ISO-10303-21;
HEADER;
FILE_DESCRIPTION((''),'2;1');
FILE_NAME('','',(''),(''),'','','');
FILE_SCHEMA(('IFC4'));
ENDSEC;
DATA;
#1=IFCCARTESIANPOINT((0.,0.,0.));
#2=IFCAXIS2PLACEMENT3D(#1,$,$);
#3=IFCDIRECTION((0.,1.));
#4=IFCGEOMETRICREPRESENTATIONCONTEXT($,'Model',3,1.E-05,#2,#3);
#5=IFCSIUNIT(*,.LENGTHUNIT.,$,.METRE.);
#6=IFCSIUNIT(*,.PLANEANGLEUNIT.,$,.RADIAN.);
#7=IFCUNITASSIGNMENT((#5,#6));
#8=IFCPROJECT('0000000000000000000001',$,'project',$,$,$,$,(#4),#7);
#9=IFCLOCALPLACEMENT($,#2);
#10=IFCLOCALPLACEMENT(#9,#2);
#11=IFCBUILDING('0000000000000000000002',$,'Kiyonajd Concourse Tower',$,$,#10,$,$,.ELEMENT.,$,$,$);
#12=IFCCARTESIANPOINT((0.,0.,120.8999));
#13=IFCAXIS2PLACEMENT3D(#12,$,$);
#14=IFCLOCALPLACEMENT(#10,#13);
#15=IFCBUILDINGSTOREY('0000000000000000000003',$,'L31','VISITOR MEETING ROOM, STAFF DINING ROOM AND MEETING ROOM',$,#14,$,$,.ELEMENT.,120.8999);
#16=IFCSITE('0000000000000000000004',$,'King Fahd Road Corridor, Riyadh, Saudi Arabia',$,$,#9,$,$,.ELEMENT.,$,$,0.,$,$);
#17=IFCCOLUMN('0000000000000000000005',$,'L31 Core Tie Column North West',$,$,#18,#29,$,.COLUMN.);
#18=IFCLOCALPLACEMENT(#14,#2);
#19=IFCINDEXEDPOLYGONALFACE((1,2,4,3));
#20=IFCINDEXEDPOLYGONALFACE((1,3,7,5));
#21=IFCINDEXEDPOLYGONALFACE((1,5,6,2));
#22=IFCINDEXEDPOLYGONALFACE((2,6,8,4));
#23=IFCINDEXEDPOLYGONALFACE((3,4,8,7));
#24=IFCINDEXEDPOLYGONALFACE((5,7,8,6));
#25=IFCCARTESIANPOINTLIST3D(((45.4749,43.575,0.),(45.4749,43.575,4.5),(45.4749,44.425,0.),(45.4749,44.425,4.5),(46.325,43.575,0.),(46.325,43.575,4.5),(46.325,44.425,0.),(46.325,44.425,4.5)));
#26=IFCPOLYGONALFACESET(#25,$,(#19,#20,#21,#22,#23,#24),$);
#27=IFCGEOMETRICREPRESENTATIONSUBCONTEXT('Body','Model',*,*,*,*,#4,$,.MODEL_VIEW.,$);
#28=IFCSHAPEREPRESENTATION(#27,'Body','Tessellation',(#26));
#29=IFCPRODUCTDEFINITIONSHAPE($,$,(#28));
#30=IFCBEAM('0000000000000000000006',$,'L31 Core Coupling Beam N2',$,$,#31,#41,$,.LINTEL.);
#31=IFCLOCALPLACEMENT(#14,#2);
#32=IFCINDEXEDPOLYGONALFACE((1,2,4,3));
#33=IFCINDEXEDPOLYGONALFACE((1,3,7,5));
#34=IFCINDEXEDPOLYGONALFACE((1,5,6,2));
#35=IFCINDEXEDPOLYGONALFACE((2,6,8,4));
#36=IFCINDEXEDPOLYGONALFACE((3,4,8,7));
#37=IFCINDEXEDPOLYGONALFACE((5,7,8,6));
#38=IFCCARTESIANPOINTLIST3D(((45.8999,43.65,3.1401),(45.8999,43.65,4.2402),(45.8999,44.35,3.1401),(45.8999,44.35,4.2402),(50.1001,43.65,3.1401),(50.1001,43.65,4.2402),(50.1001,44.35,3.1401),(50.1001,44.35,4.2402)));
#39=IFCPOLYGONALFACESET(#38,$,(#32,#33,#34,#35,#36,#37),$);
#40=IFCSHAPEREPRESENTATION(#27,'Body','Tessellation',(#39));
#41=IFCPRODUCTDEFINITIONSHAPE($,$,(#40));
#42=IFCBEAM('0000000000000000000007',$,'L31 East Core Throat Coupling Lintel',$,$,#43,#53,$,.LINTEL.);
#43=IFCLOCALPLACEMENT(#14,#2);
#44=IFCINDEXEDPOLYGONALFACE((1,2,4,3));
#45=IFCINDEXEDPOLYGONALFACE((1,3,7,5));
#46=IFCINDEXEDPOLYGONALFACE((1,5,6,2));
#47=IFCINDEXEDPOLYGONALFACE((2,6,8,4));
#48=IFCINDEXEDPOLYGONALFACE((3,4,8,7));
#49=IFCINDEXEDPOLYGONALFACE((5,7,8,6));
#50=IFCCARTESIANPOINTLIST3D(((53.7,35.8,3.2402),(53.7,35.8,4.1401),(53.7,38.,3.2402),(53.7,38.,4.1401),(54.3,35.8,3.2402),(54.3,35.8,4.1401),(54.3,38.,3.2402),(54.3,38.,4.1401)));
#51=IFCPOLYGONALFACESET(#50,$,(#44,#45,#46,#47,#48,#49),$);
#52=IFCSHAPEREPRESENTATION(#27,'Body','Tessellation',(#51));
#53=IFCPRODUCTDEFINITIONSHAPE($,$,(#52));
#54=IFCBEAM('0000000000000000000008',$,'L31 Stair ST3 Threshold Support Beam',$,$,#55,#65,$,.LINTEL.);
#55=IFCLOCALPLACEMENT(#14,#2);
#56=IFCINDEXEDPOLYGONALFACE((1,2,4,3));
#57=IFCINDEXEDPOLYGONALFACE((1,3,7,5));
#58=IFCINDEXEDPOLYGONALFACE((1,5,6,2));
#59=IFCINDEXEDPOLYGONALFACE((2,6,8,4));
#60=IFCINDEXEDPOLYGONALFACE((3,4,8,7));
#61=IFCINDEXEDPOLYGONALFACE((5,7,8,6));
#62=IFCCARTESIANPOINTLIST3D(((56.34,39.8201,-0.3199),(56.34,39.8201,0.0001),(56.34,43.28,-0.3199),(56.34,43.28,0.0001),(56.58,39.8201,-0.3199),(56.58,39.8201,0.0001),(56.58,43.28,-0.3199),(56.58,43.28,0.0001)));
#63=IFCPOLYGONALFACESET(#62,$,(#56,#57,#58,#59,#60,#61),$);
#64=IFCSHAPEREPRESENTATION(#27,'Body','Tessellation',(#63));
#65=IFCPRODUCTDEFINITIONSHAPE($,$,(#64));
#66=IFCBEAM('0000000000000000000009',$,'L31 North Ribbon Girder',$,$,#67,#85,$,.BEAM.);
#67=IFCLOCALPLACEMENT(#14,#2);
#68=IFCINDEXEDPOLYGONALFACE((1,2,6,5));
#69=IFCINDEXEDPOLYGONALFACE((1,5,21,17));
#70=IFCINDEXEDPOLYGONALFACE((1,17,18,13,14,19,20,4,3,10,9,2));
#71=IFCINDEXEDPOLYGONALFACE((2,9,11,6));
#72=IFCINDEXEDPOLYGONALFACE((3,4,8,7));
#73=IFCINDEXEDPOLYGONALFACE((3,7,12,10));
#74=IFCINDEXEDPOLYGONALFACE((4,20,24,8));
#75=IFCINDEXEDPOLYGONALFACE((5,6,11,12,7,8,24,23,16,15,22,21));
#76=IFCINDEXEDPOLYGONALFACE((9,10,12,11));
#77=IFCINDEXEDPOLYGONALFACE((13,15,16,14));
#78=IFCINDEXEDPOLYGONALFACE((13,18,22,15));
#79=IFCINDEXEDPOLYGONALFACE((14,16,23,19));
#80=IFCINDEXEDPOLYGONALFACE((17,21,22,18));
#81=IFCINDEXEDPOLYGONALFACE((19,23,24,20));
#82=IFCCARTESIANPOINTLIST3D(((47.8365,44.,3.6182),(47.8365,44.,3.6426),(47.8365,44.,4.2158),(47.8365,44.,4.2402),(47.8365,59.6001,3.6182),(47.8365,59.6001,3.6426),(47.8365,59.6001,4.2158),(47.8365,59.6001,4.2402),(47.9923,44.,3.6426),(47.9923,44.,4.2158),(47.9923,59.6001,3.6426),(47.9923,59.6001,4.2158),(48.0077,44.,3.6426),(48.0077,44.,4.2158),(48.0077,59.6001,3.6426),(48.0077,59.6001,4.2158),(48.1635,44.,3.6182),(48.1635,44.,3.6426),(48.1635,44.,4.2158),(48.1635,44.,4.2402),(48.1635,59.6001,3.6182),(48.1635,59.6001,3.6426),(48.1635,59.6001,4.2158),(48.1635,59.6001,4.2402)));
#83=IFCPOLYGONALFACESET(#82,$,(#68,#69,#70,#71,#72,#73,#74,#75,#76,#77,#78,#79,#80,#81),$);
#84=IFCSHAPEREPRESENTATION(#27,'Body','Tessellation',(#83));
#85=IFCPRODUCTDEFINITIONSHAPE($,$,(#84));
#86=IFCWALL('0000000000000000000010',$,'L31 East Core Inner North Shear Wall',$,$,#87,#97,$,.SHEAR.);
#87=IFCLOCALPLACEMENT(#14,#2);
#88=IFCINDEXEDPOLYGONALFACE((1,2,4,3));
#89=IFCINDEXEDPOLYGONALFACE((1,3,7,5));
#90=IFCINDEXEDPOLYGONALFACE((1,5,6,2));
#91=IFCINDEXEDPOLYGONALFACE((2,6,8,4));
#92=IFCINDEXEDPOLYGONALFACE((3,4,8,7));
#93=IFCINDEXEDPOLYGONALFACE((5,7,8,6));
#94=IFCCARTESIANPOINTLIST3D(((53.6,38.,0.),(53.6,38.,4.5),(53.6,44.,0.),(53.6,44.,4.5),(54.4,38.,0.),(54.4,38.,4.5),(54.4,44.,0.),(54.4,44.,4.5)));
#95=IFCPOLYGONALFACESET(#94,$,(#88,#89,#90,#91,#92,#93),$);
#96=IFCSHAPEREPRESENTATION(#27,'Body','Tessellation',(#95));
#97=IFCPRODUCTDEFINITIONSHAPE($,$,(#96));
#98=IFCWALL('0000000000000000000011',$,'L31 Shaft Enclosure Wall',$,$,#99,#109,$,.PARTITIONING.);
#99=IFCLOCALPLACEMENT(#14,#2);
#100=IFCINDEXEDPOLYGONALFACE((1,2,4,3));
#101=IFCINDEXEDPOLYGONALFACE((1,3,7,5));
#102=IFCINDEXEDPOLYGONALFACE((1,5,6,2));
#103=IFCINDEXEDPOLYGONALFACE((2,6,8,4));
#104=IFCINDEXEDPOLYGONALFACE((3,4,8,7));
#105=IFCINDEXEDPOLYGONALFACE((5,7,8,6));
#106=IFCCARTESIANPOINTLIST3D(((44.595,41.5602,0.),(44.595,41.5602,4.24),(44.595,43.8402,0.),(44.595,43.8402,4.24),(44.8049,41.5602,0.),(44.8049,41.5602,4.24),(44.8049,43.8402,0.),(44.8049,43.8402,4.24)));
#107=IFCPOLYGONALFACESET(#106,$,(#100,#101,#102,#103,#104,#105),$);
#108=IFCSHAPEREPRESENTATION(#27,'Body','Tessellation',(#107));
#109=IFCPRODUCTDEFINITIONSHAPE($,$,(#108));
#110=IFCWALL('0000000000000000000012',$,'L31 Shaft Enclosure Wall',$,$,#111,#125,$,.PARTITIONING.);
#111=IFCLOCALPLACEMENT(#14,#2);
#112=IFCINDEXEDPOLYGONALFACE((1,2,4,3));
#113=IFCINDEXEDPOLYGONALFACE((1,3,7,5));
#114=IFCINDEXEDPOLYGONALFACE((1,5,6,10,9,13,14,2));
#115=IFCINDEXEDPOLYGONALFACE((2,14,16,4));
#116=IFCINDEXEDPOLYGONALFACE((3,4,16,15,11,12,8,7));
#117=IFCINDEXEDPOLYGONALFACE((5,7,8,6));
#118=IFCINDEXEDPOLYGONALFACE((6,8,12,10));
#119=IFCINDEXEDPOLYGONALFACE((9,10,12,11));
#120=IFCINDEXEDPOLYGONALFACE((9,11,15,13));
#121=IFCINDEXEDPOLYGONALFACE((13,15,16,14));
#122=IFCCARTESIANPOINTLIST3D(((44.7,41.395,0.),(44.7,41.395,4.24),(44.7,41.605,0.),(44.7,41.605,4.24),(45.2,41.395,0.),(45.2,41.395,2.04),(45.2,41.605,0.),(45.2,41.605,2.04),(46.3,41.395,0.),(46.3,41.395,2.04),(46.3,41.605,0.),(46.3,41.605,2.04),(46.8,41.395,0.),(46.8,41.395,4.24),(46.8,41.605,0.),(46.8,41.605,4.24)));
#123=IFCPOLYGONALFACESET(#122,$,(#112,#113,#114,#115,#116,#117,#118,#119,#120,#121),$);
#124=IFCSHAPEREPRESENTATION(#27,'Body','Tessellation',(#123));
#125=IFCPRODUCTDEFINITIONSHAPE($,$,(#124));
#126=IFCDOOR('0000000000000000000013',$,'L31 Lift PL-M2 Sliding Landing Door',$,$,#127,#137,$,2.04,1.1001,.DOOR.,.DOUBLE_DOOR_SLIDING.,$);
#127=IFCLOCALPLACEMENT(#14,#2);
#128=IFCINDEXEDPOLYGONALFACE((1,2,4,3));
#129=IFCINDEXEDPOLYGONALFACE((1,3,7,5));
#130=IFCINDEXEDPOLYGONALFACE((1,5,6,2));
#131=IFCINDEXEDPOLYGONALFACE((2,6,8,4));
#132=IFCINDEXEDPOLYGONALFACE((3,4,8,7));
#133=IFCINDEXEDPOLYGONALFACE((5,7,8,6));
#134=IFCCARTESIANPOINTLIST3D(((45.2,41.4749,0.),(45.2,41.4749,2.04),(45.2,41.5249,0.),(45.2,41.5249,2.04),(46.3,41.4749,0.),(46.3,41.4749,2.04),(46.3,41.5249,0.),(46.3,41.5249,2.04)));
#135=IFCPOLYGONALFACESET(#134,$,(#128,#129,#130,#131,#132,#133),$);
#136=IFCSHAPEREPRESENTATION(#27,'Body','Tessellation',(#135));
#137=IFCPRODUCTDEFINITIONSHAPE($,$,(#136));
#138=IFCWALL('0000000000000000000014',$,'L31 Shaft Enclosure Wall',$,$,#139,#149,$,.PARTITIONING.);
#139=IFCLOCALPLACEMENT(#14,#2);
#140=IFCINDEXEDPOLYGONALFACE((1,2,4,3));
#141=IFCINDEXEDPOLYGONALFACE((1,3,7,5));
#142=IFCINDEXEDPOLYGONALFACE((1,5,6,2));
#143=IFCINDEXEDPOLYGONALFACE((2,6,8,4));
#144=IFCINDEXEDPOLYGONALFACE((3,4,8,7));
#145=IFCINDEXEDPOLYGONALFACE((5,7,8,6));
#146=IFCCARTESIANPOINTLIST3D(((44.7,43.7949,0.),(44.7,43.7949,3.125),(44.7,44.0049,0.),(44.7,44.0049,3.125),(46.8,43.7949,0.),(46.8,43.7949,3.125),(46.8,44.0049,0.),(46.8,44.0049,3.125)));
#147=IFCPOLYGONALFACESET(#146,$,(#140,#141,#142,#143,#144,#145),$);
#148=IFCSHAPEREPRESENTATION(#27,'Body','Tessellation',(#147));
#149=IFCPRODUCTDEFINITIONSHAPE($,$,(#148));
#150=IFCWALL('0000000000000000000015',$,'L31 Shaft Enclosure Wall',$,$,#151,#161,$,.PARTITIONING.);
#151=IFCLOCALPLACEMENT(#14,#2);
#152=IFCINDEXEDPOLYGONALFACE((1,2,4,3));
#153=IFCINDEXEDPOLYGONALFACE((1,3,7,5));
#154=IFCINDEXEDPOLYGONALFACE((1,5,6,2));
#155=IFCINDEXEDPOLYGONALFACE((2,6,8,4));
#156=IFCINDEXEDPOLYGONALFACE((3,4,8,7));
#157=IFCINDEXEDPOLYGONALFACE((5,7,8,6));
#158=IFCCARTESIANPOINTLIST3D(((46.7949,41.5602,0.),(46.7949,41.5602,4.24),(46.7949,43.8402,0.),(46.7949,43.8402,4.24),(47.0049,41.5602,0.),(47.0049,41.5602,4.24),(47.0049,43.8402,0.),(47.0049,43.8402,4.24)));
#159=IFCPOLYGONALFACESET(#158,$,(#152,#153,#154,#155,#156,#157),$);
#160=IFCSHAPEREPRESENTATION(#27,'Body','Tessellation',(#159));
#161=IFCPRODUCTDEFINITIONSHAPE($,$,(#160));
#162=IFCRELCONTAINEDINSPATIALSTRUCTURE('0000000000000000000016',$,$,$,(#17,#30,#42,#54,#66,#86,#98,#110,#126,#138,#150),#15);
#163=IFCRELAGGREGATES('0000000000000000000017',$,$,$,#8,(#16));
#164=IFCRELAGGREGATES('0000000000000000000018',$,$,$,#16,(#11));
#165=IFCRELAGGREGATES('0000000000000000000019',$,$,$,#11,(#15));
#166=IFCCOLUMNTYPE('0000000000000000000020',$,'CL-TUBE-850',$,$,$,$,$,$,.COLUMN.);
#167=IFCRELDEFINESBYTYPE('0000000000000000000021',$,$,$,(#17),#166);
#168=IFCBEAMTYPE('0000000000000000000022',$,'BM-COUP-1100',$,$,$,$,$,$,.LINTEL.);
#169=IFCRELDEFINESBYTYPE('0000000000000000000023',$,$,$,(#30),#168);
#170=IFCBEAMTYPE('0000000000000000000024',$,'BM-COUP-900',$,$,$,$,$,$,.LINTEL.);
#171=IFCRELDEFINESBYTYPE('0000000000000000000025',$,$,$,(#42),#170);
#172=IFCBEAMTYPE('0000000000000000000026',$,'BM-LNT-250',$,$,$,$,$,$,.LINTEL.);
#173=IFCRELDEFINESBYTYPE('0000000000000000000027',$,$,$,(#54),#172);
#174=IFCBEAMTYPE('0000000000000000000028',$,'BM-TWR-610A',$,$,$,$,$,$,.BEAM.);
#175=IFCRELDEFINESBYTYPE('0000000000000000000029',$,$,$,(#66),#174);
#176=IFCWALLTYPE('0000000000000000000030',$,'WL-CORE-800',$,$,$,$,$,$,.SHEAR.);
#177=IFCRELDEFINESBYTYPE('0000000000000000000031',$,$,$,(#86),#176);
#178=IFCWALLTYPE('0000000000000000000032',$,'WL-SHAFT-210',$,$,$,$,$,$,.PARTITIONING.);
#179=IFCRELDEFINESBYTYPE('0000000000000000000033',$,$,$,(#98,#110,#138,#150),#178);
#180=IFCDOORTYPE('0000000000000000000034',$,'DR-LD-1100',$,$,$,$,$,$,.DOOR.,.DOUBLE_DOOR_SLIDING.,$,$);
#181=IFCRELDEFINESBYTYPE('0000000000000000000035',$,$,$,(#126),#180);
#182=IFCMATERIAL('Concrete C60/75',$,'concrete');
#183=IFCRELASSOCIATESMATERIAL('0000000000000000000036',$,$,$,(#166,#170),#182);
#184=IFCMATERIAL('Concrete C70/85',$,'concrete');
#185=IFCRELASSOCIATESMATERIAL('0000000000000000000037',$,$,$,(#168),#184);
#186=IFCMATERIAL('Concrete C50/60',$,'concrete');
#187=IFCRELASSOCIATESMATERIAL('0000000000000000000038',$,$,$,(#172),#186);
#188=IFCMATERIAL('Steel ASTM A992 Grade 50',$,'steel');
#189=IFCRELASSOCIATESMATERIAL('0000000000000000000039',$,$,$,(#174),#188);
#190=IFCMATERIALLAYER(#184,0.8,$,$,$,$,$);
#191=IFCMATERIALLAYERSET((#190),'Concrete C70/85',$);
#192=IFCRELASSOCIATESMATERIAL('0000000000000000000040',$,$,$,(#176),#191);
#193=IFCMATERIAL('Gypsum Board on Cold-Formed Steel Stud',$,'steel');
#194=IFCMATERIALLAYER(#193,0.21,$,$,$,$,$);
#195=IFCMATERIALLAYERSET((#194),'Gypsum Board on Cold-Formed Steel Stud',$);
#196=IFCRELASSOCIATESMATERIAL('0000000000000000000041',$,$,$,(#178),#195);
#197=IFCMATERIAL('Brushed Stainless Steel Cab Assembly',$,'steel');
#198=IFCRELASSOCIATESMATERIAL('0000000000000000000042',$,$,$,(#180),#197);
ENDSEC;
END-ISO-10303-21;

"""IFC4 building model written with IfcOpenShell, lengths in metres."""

from ifc_helpers import new_model, si_unit, direction, frame, frame_2d, origin, origin_2d, place, context, subcontext, project, spatial, rectangle, i_section, extrude, material, layer, layer_set, material_profile, profile_set, type_object, element, fill, save


model = new_model("IFC4")

# Units and contexts
model_context = context("Model", 3, precision=1e-05, world=origin(), true_north=direction((0.0, 1.0)))
body_context = subcontext(model_context, "Body", "Model", "MODEL_VIEW")
ifc_project = project(units=[si_unit("LENGTHUNIT", "METRE"), si_unit("PLANEANGLEUNIT", "RADIAN")], contexts=[model_context])

# Site, building, storey
site_placement = place(None, origin())
site = spatial("IfcSite", under=ifc_project, at=site_placement, Name="King Fahd Road Corridor, Riyadh, Saudi Arabia", CompositionType="ELEMENT", RefElevation=0.0)
building_placement = place(site_placement, origin())
building = spatial("IfcBuilding", under=site, at=building_placement, Name="Kiyonajd Concourse Tower", CompositionType="ELEMENT")
storey_placement = place(building_placement, frame((0.0, 0.0, 120.8999)))
storey = spatial("IfcBuildingStorey", under=building, at=storey_placement, Name="L31", Description="VISITOR MEETING ROOM, STAFF DINING ROOM AND MEETING ROOM", CompositionType="ELEMENT", Elevation=120.8999)

# Column
ifc_material_1 = material(Name="Concrete C60/75", Category="concrete")
ifc_material_profile_1 = material_profile(ifc_material_1, rectangle(XDim=0.8501, YDim=0.8501, at=origin_2d()), Name="RC-850x850")
ifc_profile_set_1 = profile_set([ifc_material_profile_1], Name="Concrete C60/75")
column_type = type_object("IfcColumnType", Name="CL-TUBE-850", PredefinedType="COLUMN", material=ifc_profile_set_1)
column_placement = place(storey_placement, frame((45.8999, 44.0, 0.0), z_axis=(0.0, 0.0, 1.0), x_axis=(1.0, 0.0, 0.0)))
element("IfcColumn", 1, at=column_placement, inside=storey, type_object=column_type, Name="L31 Core Tie Column North West", PredefinedType="COLUMN", context=body_context, shape_type="SweptSolid", body=[
    extrude(rectangle(XDim=0.8501, YDim=0.8501, at=origin_2d()), origin(), (0.0, 0.0, 1.0), 4.5),
])

# Beams
ifc_material_2 = material(Name="Concrete C70/85", Category="concrete")
ifc_material_profile_2 = material_profile(ifc_material_2, rectangle(XDim=0.7, YDim=1.1001, at=origin_2d()), Name="RCBM-700x1100")
ifc_profile_set_2 = profile_set([ifc_material_profile_2], Name="Concrete C70/85")
beam_type_1 = type_object("IfcBeamType", Name="BM-COUP-1100", PredefinedType="LINTEL", material=ifc_profile_set_2)
beam_1_placement = place(storey_placement, frame((45.8999, 44.0, 3.6902), z_axis=(1.0, 0.0, 0.0), x_axis=(0.0, 1.0, 0.0)))
element("IfcBeam", 2, at=beam_1_placement, inside=storey, type_object=beam_type_1, Name="L31 Core Coupling Beam N2", PredefinedType="LINTEL", context=body_context, shape_type="SweptSolid", body=[
    extrude(rectangle(XDim=0.7, YDim=1.1001, at=origin_2d()), origin(), (0.0, 0.0, 1.0), 4.2002),
])
ifc_material_profile_3 = material_profile(ifc_material_1, rectangle(XDim=0.6001, YDim=0.8999, at=origin_2d()), Name="RCBM-600x900")
ifc_profile_set_3 = profile_set([ifc_material_profile_3], Name="Concrete C60/75")
beam_type_2 = type_object("IfcBeamType", Name="BM-COUP-900", PredefinedType="LINTEL", material=ifc_profile_set_3)
beam_2_placement = place(storey_placement, frame((54.0, 35.8, 3.6902), z_axis=(0.0, 1.0, 0.0), x_axis=(-1.0, 0.0, 0.0)))
element("IfcBeam", 3, at=beam_2_placement, inside=storey, type_object=beam_type_2, Name="L31 East Core Throat Coupling Lintel", PredefinedType="LINTEL", context=body_context, shape_type="SweptSolid", body=[
    extrude(rectangle(XDim=0.6001, YDim=0.8999, at=origin_2d()), origin(), (0.0, 0.0, 1.0), 2.2),
])
ifc_material_3 = material(Name="Concrete C50/60", Category="concrete")
ifc_material_profile_4 = material_profile(ifc_material_3, rectangle(XDim=0.24, YDim=0.3201, at=origin_2d()), Name="RCBM-240x320")
ifc_profile_set_4 = profile_set([ifc_material_profile_4], Name="Concrete C50/60")
beam_type_3 = type_object("IfcBeamType", Name="BM-LNT-250", PredefinedType="LINTEL", material=ifc_profile_set_4)
beam_3_placement = place(storey_placement, frame((56.46, 39.8201, -0.1599), z_axis=(0.0, 1.0, 0.0), x_axis=(-1.0, 0.0, 0.0)))
element("IfcBeam", 4, at=beam_3_placement, inside=storey, type_object=beam_type_3, Name="L31 Stair ST3 Threshold Support Beam", PredefinedType="LINTEL", context=body_context, shape_type="SweptSolid", body=[
    extrude(rectangle(XDim=0.24, YDim=0.3201, at=origin_2d()), origin(), (0.0, 0.0, 1.0), 3.46),
])
ifc_material_4 = material(Name="Steel ASTM A992 Grade 50", Category="steel")
ifc_material_profile_5 = material_profile(ifc_material_4, i_section(OverallWidth=0.3269, OverallDepth=0.6221, WebThickness=0.0154, FlangeThickness=0.0244, at=origin_2d()), Name="W610X195")
ifc_profile_set_5 = profile_set([ifc_material_profile_5], Name="Steel ASTM A992 Grade 50")
beam_type_4 = type_object("IfcBeamType", Name="BM-TWR-610A", PredefinedType="BEAM", material=ifc_profile_set_5)
beam_4_placement = place(storey_placement, frame((48.0, 44.0, 3.9292), z_axis=(0.0, 1.0, 0.0), x_axis=(-1.0, 0.0, 0.0)))
element("IfcBeam", 5, at=beam_4_placement, inside=storey, type_object=beam_type_4, Name="L31 North Ribbon Girder", PredefinedType="BEAM", context=body_context, shape_type="SweptSolid", body=[
    extrude(i_section(OverallWidth=0.3269, OverallDepth=0.6221, WebThickness=0.0154, FlangeThickness=0.0244, at=origin_2d()), origin(), (0.0, 0.0, 1.0), 15.6001),
])

# Walls
ifc_layer_1 = layer(ifc_material_2, 0.8)
ifc_layer_set_1 = layer_set([ifc_layer_1], Name="Concrete C70/85")
wall_type_1 = type_object("IfcWallType", Name="WL-CORE-800", PredefinedType="SHEAR", material=ifc_layer_set_1)
wall_1_placement = place(storey_placement, frame((54.0, 38.0, 0.0), z_axis=(0.0, 0.0, 1.0), x_axis=(0.0, 1.0, 0.0)))
element("IfcWall", 6, at=wall_1_placement, inside=storey, type_object=wall_type_1, Name="L31 East Core Inner North Shear Wall", PredefinedType="SHEAR", context=body_context, shape_type="SweptSolid", body=[
    extrude(rectangle(XDim=6.0, YDim=0.8, at=frame_2d((3.0, 0.0))), origin(), (0.0, 0.0, 1.0), 4.5),
])
ifc_material_5 = material(Name="Gypsum Board on Cold-Formed Steel Stud", Category="steel")
ifc_layer_2 = layer(ifc_material_5, 0.21)
ifc_layer_set_2 = layer_set([ifc_layer_2], Name="Gypsum Board on Cold-Formed Steel Stud")
wall_type_2 = type_object("IfcWallType", Name="WL-SHAFT-210", PredefinedType="PARTITIONING", material=ifc_layer_set_2)
wall_2_placement = place(storey_placement, frame((44.7, 41.5601, 0.0), z_axis=(0.0, 0.0, 1.0), x_axis=(0.0, 1.0, 0.0)))
element("IfcWall", 7, at=wall_2_placement, inside=storey, type_object=wall_type_2, Name="L31 Shaft Enclosure Wall", PredefinedType="PARTITIONING", context=body_context, shape_type="SweptSolid", body=[
    extrude(rectangle(XDim=2.28, YDim=0.21, at=frame_2d((1.1401, 0.0))), origin(), (0.0, 0.0, 1.0), 4.24),
])

# Wall, opening, door
wall_3_placement = place(storey_placement, frame((44.7, 41.5, 0.0), z_axis=(0.0, 0.0, 1.0), x_axis=(1.0, 0.0, 0.0)))
wall_3 = element("IfcWall", 8, at=wall_3_placement, inside=storey, type_object=wall_type_2, Name="L31 Shaft Enclosure Wall", PredefinedType="PARTITIONING", context=body_context, shape_type="SweptSolid", body=[
    extrude(rectangle(XDim=2.1001, YDim=0.21, at=frame_2d((1.05, 0.0))), origin(), (0.0, 0.0, 1.0), 4.24),
])
opening_1_placement = place(wall_3_placement, frame((0.5, 0.0, 0.0)))
opening_1 = element("IfcOpeningElement", 9, at=opening_1_placement, cuts=wall_3, PredefinedType="OPENING", context=body_context, shape_type="SweptSolid", body=[
    extrude(rectangle(XDim=1.1001, YDim=2.04, at=frame_2d((0.55, 1.02))), frame((0.0, 0.115, 0.0), z_axis=(0.0, -1.0, 0.0), x_axis=(1.0, 0.0, 0.0)), (0.0, 0.0, 1.0), 0.23),
])
ifc_material_6 = material(Name="Brushed Stainless Steel Cab Assembly", Category="steel")
door_type_1 = type_object("IfcDoorType", Name="DR-LD-1100", OperationType="DOUBLE_DOOR_SLIDING", PredefinedType="DOOR", material=ifc_material_6)
door_1_placement = place(opening_1_placement, origin())
door_1 = element("IfcDoor", 10, at=door_1_placement, inside=storey, type_object=door_type_1, Name="L31 Lift PL-M2 Sliding Landing Door", OperationType="DOUBLE_DOOR_SLIDING", OverallHeight=2.04, OverallWidth=1.1001, PredefinedType="DOOR", context=body_context, shape_type="SweptSolid", body=[
    extrude(rectangle(XDim=1.1001, YDim=2.04, at=frame_2d((0.55, 1.02))), frame((0.0, 0.0249, 0.0), z_axis=(0.0, -1.0, 0.0), x_axis=(1.0, 0.0, 0.0)), (0.0, 0.0, 1.0), 0.05),
])
fill(opening_1, door_1)

# Walls
wall_4_placement = place(storey_placement, frame((44.7, 43.8999, 0.0), z_axis=(0.0, 0.0, 1.0), x_axis=(1.0, 0.0, 0.0)))
element("IfcWall", 11, at=wall_4_placement, inside=storey, type_object=wall_type_2, Name="L31 Shaft Enclosure Wall", PredefinedType="PARTITIONING", context=body_context, shape_type="SweptSolid", body=[
    extrude(rectangle(XDim=2.1001, YDim=0.21, at=frame_2d((1.05, 0.0))), origin(), (0.0, 0.0, 1.0), 3.125),
])
wall_5_placement = place(storey_placement, frame((46.8999, 41.5601, 0.0), z_axis=(0.0, 0.0, 1.0), x_axis=(0.0, 1.0, 0.0)))
element("IfcWall", 12, at=wall_5_placement, inside=storey, type_object=wall_type_2, Name="L31 Shaft Enclosure Wall", PredefinedType="PARTITIONING", context=body_context, shape_type="SweptSolid", body=[
    extrude(rectangle(XDim=2.28, YDim=0.21, at=frame_2d((1.1401, 0.0))), origin(), (0.0, 0.0, 1.0), 4.24),
])

save(model, "model.ifc")
